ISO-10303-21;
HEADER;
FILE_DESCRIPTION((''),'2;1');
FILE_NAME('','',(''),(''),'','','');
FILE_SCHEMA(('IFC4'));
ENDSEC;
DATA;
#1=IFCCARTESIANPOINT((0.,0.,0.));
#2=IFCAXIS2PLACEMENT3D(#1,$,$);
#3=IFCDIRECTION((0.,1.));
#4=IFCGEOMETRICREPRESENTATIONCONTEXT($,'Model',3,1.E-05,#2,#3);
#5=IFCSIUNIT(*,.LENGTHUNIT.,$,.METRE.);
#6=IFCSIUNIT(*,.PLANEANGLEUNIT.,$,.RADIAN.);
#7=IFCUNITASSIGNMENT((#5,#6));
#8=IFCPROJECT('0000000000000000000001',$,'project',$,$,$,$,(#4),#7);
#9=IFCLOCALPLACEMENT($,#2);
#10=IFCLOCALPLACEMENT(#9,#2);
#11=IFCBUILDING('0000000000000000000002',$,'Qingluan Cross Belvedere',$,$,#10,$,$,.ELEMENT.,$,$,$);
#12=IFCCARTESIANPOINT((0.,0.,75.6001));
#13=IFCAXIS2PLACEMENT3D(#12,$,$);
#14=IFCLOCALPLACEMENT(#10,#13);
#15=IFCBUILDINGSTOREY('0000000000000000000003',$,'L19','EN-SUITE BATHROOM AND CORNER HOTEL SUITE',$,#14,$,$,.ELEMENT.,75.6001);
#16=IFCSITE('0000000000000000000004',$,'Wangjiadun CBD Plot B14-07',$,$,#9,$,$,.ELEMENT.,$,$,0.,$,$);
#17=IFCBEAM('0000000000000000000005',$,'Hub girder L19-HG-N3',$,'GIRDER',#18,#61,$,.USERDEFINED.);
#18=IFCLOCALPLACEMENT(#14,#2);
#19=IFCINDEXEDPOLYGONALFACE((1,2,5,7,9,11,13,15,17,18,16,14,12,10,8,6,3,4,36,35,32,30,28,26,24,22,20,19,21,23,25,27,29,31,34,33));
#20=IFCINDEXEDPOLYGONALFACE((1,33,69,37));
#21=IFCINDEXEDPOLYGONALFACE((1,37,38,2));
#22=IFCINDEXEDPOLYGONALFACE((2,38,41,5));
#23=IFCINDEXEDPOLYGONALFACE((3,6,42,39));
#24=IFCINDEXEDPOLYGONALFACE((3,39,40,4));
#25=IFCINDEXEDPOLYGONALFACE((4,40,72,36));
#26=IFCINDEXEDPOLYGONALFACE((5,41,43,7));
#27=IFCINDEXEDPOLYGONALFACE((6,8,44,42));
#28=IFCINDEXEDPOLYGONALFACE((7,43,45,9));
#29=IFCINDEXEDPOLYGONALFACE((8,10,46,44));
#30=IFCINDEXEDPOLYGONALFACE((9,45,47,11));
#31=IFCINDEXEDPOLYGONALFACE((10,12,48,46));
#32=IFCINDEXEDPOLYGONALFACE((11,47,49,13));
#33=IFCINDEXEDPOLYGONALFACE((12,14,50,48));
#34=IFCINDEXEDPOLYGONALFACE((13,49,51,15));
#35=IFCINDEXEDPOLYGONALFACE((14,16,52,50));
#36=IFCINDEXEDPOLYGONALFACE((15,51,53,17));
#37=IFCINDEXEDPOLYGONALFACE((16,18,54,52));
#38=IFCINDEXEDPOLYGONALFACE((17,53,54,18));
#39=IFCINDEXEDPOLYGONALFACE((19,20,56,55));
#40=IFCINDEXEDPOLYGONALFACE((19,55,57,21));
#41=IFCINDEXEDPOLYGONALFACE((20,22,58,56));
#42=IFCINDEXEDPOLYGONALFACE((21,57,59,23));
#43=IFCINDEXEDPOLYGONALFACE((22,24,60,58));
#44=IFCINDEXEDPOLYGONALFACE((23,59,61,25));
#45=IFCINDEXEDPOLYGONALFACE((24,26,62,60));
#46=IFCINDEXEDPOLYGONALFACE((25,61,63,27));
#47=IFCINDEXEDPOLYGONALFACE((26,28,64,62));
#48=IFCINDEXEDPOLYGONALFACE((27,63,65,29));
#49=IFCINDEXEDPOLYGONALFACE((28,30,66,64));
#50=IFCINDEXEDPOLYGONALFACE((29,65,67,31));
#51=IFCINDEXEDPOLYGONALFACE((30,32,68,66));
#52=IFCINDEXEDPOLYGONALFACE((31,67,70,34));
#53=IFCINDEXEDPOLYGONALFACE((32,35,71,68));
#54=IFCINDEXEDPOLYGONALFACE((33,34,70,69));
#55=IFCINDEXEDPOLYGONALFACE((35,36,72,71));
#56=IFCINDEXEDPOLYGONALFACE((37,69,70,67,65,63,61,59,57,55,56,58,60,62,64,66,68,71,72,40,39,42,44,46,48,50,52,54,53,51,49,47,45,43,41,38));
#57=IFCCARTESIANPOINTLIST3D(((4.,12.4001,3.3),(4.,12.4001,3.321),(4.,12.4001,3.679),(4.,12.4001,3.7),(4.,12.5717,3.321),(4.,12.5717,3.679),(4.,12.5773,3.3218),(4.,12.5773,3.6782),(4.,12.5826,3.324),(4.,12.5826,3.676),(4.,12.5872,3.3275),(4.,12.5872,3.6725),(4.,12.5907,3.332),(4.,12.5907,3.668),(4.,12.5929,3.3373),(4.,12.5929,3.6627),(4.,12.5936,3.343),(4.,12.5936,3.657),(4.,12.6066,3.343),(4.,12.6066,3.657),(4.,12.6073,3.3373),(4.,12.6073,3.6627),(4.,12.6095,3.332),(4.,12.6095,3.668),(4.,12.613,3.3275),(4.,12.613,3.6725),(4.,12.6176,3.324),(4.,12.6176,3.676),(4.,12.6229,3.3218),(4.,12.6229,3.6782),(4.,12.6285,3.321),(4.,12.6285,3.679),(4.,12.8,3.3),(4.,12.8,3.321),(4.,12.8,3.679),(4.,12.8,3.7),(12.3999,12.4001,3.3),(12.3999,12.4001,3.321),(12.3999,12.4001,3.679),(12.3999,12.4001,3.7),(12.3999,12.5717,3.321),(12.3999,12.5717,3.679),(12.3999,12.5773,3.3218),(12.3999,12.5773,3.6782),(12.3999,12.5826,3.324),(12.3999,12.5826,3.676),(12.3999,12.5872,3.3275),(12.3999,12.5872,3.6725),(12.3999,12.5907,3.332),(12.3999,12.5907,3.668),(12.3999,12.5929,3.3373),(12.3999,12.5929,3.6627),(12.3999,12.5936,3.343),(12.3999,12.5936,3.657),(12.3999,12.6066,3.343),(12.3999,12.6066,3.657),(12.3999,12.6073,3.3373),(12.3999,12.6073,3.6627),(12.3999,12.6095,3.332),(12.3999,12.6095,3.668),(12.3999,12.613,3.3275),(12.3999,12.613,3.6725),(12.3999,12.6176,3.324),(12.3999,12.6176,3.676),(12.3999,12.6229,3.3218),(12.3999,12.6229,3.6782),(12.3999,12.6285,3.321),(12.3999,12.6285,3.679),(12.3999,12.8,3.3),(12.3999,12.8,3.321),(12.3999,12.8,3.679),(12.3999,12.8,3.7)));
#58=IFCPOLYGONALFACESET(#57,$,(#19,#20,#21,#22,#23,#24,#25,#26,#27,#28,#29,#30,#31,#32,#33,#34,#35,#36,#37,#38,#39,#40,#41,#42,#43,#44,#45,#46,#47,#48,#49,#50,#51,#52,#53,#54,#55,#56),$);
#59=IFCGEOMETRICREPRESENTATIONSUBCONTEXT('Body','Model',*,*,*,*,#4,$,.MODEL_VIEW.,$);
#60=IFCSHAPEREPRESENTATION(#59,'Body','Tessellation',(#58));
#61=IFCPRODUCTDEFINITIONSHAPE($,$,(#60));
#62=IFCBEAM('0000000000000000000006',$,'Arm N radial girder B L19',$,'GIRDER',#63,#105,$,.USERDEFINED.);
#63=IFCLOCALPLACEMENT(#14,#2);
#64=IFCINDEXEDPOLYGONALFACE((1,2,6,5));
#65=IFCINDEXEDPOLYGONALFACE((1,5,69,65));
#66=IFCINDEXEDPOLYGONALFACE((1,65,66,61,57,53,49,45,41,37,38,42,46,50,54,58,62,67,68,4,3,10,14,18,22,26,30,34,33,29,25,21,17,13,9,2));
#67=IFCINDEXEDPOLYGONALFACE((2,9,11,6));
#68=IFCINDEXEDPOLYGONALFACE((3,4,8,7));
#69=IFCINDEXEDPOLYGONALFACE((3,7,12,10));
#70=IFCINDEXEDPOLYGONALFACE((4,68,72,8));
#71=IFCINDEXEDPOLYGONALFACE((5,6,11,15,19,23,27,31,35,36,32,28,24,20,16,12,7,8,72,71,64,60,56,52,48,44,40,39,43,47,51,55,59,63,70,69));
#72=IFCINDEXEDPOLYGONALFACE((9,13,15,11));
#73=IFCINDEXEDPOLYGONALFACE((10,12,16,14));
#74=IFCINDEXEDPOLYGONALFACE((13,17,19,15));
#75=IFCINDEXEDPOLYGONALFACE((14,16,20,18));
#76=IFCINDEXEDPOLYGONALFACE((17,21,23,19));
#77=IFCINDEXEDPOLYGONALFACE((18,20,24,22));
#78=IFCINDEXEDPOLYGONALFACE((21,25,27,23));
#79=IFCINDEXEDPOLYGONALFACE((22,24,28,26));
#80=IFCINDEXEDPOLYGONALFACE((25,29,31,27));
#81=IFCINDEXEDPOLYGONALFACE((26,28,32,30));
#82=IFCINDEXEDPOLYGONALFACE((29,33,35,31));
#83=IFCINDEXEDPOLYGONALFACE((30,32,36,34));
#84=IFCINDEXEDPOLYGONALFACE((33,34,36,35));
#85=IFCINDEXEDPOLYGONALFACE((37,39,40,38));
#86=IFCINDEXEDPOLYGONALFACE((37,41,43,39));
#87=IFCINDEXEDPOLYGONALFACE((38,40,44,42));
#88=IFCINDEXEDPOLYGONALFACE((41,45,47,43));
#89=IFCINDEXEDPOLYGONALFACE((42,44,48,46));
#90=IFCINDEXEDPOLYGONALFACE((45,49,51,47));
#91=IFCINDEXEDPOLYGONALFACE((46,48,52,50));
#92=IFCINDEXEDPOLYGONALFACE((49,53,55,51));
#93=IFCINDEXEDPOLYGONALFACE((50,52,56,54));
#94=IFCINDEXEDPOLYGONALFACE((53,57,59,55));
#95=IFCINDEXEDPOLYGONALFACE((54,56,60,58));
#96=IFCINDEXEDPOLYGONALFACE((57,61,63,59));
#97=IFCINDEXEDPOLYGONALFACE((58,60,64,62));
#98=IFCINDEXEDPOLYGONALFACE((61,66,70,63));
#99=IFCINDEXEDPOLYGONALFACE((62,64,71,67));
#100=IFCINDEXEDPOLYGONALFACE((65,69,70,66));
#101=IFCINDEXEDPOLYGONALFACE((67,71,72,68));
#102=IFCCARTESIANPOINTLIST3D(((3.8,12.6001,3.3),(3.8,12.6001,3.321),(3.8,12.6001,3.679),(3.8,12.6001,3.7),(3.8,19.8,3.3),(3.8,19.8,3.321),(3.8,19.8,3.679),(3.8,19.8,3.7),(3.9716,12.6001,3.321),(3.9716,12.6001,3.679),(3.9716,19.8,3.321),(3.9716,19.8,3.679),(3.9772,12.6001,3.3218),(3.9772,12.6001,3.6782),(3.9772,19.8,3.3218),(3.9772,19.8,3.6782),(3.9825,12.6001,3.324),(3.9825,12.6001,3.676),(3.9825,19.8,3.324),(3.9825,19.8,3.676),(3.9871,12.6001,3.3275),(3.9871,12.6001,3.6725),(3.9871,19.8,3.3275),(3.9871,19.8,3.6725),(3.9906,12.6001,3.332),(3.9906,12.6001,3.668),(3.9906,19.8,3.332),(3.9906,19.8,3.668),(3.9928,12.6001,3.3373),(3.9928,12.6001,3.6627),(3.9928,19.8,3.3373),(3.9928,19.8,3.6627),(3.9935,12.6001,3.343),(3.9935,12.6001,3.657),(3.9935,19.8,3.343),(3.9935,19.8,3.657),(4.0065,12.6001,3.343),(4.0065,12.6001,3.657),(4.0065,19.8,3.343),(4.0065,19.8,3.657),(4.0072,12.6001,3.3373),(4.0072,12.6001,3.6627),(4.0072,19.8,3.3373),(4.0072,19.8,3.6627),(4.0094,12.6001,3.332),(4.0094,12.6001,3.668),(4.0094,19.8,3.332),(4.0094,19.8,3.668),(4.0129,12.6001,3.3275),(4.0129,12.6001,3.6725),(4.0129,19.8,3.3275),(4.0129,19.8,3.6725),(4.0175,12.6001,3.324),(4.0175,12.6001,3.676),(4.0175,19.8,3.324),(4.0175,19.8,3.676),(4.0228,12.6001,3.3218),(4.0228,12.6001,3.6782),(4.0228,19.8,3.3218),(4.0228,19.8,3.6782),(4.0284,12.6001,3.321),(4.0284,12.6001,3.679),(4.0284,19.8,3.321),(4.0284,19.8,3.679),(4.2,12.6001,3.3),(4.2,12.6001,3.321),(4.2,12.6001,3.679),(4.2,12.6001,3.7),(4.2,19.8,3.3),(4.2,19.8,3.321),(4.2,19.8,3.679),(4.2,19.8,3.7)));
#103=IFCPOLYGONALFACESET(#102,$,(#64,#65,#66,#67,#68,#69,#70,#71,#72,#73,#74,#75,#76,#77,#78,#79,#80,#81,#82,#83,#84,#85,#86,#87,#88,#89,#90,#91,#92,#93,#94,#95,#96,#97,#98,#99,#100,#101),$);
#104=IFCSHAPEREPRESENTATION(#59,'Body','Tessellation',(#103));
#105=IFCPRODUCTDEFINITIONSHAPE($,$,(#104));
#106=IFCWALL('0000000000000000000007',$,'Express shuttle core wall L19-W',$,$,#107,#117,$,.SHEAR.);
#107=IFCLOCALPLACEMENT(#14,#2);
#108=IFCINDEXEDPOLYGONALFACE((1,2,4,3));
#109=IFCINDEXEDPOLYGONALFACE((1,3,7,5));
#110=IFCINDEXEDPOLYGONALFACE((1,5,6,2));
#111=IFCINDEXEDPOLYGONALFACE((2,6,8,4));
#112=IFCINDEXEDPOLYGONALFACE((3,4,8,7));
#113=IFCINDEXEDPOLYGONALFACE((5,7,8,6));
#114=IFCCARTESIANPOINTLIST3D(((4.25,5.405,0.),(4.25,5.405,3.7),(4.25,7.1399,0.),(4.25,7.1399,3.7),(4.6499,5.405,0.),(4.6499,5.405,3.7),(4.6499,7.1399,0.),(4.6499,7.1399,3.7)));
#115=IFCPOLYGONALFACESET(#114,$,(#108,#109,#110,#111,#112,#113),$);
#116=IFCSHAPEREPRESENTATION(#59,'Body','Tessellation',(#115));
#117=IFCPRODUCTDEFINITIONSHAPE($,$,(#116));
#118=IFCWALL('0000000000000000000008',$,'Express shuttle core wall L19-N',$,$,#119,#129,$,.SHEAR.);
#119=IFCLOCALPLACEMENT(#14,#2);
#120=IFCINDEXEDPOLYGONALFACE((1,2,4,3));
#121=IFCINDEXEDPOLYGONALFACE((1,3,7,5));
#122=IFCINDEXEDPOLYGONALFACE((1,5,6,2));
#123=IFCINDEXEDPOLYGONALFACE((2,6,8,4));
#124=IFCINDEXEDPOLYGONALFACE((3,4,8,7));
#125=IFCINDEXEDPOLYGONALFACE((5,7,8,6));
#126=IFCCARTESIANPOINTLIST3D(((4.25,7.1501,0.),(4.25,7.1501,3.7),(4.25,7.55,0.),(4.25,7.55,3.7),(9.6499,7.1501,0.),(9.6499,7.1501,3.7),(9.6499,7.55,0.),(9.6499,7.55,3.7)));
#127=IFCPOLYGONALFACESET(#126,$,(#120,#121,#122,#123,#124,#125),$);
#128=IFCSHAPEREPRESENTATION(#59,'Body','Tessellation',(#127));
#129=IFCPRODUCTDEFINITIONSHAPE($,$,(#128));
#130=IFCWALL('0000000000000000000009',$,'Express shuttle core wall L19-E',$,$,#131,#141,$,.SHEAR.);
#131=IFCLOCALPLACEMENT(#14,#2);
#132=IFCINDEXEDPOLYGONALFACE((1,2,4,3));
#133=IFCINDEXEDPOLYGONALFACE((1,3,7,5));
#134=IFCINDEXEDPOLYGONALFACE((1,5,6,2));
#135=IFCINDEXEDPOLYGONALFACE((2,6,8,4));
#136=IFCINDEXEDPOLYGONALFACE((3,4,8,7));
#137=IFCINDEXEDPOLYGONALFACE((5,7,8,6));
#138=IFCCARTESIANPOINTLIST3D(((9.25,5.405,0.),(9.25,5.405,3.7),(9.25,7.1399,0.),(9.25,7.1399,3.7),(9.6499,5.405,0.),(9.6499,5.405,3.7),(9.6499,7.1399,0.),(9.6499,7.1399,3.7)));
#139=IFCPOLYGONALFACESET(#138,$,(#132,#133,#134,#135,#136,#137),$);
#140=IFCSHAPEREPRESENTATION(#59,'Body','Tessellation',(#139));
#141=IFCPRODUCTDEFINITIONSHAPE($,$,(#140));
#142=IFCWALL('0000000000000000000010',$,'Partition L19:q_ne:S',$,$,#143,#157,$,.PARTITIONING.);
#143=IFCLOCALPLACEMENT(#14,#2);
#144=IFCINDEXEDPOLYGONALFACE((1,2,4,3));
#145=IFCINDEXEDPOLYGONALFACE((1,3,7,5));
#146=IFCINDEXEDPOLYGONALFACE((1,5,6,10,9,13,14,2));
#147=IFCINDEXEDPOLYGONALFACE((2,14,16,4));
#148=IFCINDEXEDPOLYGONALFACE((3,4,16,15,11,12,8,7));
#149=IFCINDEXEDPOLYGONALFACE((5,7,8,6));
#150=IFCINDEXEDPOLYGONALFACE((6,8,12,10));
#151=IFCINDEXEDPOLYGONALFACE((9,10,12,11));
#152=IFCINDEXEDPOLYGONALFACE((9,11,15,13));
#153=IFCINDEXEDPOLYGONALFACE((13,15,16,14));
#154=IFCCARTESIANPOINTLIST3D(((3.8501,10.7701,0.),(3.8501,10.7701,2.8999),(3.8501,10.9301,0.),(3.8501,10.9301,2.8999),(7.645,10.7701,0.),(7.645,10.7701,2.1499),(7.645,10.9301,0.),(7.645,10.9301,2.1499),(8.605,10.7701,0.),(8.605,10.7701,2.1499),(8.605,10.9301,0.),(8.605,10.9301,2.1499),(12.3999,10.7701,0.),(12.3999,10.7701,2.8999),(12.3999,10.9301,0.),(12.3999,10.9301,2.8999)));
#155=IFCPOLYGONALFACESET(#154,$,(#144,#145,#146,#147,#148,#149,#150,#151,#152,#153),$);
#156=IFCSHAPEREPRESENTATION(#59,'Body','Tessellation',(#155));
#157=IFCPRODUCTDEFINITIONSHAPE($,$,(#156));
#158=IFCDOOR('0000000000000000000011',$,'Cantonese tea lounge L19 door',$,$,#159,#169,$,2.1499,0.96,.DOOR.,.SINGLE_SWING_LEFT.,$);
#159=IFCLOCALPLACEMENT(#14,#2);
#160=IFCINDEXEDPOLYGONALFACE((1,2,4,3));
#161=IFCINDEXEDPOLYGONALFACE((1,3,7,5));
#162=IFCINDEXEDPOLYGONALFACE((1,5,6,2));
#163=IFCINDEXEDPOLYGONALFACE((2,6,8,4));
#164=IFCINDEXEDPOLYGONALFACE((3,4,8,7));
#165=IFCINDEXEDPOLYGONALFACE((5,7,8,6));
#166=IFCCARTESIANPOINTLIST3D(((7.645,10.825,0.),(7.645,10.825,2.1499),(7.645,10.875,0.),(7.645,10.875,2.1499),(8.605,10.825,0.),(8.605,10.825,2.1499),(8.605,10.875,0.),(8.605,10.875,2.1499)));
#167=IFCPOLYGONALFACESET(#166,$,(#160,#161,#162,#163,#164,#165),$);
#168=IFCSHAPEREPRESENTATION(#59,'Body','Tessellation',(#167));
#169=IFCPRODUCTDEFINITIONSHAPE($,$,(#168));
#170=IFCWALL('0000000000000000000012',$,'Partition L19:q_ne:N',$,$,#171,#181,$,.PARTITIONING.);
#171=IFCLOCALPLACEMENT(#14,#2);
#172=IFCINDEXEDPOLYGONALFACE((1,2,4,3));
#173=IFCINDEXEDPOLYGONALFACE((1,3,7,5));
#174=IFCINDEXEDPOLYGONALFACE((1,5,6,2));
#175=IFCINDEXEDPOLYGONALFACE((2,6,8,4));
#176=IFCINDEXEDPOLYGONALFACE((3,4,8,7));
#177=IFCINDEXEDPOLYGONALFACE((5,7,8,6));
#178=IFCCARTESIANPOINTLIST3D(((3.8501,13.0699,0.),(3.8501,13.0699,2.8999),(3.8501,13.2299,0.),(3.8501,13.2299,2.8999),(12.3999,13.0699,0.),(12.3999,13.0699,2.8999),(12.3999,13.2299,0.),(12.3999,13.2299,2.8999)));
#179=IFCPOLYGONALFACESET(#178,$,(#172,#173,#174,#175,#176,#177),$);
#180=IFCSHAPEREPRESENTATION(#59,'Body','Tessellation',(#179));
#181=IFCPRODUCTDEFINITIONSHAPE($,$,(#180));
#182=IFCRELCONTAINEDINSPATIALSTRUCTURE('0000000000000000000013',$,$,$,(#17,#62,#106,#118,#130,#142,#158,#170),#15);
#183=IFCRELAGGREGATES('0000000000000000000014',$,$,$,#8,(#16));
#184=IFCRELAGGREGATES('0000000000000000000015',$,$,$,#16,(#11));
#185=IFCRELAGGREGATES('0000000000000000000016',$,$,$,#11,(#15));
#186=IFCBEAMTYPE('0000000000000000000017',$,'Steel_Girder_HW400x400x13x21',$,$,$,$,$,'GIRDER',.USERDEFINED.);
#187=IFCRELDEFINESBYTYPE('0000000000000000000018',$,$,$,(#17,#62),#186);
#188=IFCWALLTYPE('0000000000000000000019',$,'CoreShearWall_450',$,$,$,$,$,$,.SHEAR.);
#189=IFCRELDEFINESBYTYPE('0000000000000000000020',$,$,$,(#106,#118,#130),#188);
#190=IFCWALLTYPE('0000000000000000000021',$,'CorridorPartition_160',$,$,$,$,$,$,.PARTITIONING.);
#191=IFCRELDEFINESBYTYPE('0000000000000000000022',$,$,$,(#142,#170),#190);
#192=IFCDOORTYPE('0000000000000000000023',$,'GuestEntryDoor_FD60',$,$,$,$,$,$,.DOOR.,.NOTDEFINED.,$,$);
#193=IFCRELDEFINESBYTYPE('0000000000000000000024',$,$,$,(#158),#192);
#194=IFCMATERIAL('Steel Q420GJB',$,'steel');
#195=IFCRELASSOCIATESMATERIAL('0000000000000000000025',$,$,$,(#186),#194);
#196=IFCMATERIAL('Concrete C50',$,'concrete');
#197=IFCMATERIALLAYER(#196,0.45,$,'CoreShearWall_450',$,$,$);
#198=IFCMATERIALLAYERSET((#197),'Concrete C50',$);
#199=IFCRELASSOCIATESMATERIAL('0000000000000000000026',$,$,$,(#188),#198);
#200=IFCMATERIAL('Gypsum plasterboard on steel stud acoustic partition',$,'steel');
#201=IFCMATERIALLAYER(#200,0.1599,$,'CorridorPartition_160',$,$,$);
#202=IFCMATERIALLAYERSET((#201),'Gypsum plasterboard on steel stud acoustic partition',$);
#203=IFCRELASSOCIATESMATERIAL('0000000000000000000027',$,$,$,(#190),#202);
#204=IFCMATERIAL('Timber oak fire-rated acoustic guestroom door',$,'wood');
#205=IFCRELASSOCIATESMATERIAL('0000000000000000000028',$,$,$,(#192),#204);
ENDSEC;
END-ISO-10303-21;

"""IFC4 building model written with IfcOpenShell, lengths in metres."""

from ifc_helpers import new_model, si_unit, direction, frame, frame_2d, origin, origin_2d, place, context, subcontext, project, spatial, rectangle, i_section, extrude, material, layer, layer_set, material_profile, profile_set, type_object, element, fill, save


model = new_model("IFC4")

# Units and contexts
model_context = context("Model", 3, precision=1e-05, world=origin(), true_north=direction((0.0, 1.0)))
body_context = subcontext(model_context, "Body", "Model", "MODEL_VIEW")
ifc_project = project(units=[si_unit("LENGTHUNIT", "METRE"), si_unit("PLANEANGLEUNIT", "RADIAN")], contexts=[model_context])

# Site, building, storey
site_placement = place(None, origin())
site = spatial("IfcSite", under=ifc_project, at=site_placement, Name="Wangjiadun CBD Plot B14-07", CompositionType="ELEMENT", RefElevation=0.0)
building_placement = place(site_placement, origin())
building = spatial("IfcBuilding", under=site, at=building_placement, Name="Qingluan Cross Belvedere", CompositionType="ELEMENT")
storey_placement = place(building_placement, frame((0.0, 0.0, 75.6001)))
storey = spatial("IfcBuildingStorey", under=building, at=storey_placement, Name="L19", Description="EN-SUITE BATHROOM AND CORNER HOTEL SUITE", CompositionType="ELEMENT", Elevation=75.6001)

# Beams
ifc_material_1 = material(Name="Steel Q420GJB", Category="steel")
ifc_material_profile_1 = material_profile(ifc_material_1, i_section(OverallWidth=0.3999, OverallDepth=0.3999, WebThickness=0.0129, FlangeThickness=0.021, FilletRadius=0.022, at=origin_2d()), Name="HW400x400x13x21")
ifc_profile_set_1 = profile_set([ifc_material_profile_1], Name="Steel Q420GJB")
beam_type_1 = type_object("IfcBeamType", Name="Steel_Girder_HW400x400x13x21", ElementType="GIRDER", PredefinedType="USERDEFINED", material=ifc_profile_set_1)
beam_1_placement = place(storey_placement, frame((4.0, 12.6001, 3.5), z_axis=(1.0, 0.0, 0.0), x_axis=(0.0, 1.0, 0.0)))
element("IfcBeam", 1, at=beam_1_placement, inside=storey, type_object=beam_type_1, Name="Hub girder L19-HG-N3", ObjectType="GIRDER", PredefinedType="USERDEFINED", context=body_context, shape_type="SweptSolid", body=[
    extrude(i_section(OverallWidth=0.3999, OverallDepth=0.3999, WebThickness=0.0129, FlangeThickness=0.021, FilletRadius=0.022, at=origin_2d()), origin(), (0.0, 0.0, 1.0), 8.3999),
])
beam_2_placement = place(storey_placement, frame((4.0, 12.6001, 3.5), z_axis=(0.0, 1.0, 0.0), x_axis=(-1.0, 0.0, 0.0)))
element("IfcBeam", 2, at=beam_2_placement, inside=storey, type_object=beam_type_1, Name="Arm N radial girder B L19", ObjectType="GIRDER", PredefinedType="USERDEFINED", context=body_context, shape_type="SweptSolid", body=[
    extrude(i_section(OverallWidth=0.3999, OverallDepth=0.3999, WebThickness=0.0129, FlangeThickness=0.021, FilletRadius=0.022, at=origin_2d()), origin(), (0.0, 0.0, 1.0), 7.2),
])

# Walls
ifc_material_2 = material(Name="Concrete C50", Category="concrete")
ifc_layer_1 = layer(ifc_material_2, 0.45, Name="CoreShearWall_450")
ifc_layer_set_1 = layer_set([ifc_layer_1], Name="Concrete C50")
wall_type_1 = type_object("IfcWallType", Name="CoreShearWall_450", PredefinedType="SHEAR", material=ifc_layer_set_1)
wall_1_placement = place(storey_placement, frame((4.45, 5.405, 0.0), z_axis=(0.0, 0.0, 1.0), x_axis=(0.0, 1.0, 0.0)))
element("IfcWall", 3, at=wall_1_placement, inside=storey, type_object=wall_type_1, Name="Express shuttle core wall L19-W", PredefinedType="SHEAR", context=body_context, shape_type="SweptSolid", body=[
    extrude(rectangle(XDim=1.7349, YDim=0.3999, at=frame_2d((0.8674, 0.0))), origin(), (0.0, 0.0, 1.0), 3.7),
])
wall_2_placement = place(storey_placement, frame((4.25, 7.3501, 0.0), z_axis=(0.0, 0.0, 1.0), x_axis=(1.0, 0.0, 0.0)))
element("IfcWall", 4, at=wall_2_placement, inside=storey, type_object=wall_type_1, Name="Express shuttle core wall L19-N", PredefinedType="SHEAR", context=body_context, shape_type="SweptSolid", body=[
    extrude(rectangle(XDim=5.3999, YDim=0.3999, at=frame_2d((2.7, 0.0))), origin(), (0.0, 0.0, 1.0), 3.7),
])
wall_3_placement = place(storey_placement, frame((9.45, 5.405, 0.0), z_axis=(0.0, 0.0, 1.0), x_axis=(0.0, 1.0, 0.0)))
element("IfcWall", 5, at=wall_3_placement, inside=storey, type_object=wall_type_1, Name="Express shuttle core wall L19-E", PredefinedType="SHEAR", context=body_context, shape_type="SweptSolid", body=[
    extrude(rectangle(XDim=1.7349, YDim=0.3999, at=frame_2d((0.8674, 0.0))), origin(), (0.0, 0.0, 1.0), 3.7),
])

# Wall, opening, door
ifc_material_3 = material(Name="Gypsum plasterboard on steel stud acoustic partition", Category="steel")
ifc_layer_2 = layer(ifc_material_3, 0.1599, Name="CorridorPartition_160")
ifc_layer_set_2 = layer_set([ifc_layer_2], Name="Gypsum plasterboard on steel stud acoustic partition")
wall_type_2 = type_object("IfcWallType", Name="CorridorPartition_160", PredefinedType="PARTITIONING", material=ifc_layer_set_2)
wall_4_placement = place(storey_placement, frame((3.8501, 10.8501, 0.0), z_axis=(0.0, 0.0, 1.0), x_axis=(1.0, 0.0, 0.0)))
wall_4 = element("IfcWall", 6, at=wall_4_placement, inside=storey, type_object=wall_type_2, Name="Partition L19:q_ne:S", PredefinedType="PARTITIONING", context=body_context, shape_type="SweptSolid", body=[
    extrude(rectangle(XDim=8.5498, YDim=0.1599, at=frame_2d((4.2749, 0.0))), origin(), (0.0, 0.0, 1.0), 2.8999),
])
opening_placement = place(wall_4_placement, frame((3.7949, 0.0, 0.0)))
opening = element("IfcOpeningElement", 7, at=opening_placement, cuts=wall_4, PredefinedType="OPENING", context=body_context, shape_type="SweptSolid", body=[
    extrude(rectangle(XDim=0.96, YDim=2.1499, at=frame_2d((0.48, 1.075))), frame((0.0, 0.0898, 0.0), z_axis=(0.0, -1.0, 0.0), x_axis=(1.0, 0.0, 0.0)), (0.0, 0.0, 1.0), 0.1799),
])
ifc_material_4 = material(Name="Timber oak fire-rated acoustic guestroom door", Category="wood")
door_type = type_object("IfcDoorType", Name="GuestEntryDoor_FD60", OperationType="NOTDEFINED", PredefinedType="DOOR", material=ifc_material_4)
door_placement = place(opening_placement, origin())
door = element("IfcDoor", 8, at=door_placement, inside=storey, type_object=door_type, Name="Cantonese tea lounge L19 door", OperationType="SINGLE_SWING_LEFT", OverallHeight=2.1499, OverallWidth=0.96, PredefinedType="DOOR", context=body_context, shape_type="SweptSolid", body=[
    extrude(rectangle(XDim=0.96, YDim=2.1499, at=frame_2d((0.48, 1.075))), frame((0.0, 0.0249, 0.0), z_axis=(0.0, -1.0, 0.0), x_axis=(1.0, 0.0, 0.0)), (0.0, 0.0, 1.0), 0.05),
])
fill(opening, door)

# Wall
wall_5_placement = place(storey_placement, frame((3.8501, 13.1499, 0.0), z_axis=(0.0, 0.0, 1.0), x_axis=(1.0, 0.0, 0.0)))
element("IfcWall", 9, at=wall_5_placement, inside=storey, type_object=wall_type_2, Name="Partition L19:q_ne:N", PredefinedType="PARTITIONING", context=body_context, shape_type="SweptSolid", body=[
    extrude(rectangle(XDim=8.5498, YDim=0.1599, at=frame_2d((4.2749, 0.0))), origin(), (0.0, 0.0, 1.0), 2.8999),
])

save(model, "model.ifc")
